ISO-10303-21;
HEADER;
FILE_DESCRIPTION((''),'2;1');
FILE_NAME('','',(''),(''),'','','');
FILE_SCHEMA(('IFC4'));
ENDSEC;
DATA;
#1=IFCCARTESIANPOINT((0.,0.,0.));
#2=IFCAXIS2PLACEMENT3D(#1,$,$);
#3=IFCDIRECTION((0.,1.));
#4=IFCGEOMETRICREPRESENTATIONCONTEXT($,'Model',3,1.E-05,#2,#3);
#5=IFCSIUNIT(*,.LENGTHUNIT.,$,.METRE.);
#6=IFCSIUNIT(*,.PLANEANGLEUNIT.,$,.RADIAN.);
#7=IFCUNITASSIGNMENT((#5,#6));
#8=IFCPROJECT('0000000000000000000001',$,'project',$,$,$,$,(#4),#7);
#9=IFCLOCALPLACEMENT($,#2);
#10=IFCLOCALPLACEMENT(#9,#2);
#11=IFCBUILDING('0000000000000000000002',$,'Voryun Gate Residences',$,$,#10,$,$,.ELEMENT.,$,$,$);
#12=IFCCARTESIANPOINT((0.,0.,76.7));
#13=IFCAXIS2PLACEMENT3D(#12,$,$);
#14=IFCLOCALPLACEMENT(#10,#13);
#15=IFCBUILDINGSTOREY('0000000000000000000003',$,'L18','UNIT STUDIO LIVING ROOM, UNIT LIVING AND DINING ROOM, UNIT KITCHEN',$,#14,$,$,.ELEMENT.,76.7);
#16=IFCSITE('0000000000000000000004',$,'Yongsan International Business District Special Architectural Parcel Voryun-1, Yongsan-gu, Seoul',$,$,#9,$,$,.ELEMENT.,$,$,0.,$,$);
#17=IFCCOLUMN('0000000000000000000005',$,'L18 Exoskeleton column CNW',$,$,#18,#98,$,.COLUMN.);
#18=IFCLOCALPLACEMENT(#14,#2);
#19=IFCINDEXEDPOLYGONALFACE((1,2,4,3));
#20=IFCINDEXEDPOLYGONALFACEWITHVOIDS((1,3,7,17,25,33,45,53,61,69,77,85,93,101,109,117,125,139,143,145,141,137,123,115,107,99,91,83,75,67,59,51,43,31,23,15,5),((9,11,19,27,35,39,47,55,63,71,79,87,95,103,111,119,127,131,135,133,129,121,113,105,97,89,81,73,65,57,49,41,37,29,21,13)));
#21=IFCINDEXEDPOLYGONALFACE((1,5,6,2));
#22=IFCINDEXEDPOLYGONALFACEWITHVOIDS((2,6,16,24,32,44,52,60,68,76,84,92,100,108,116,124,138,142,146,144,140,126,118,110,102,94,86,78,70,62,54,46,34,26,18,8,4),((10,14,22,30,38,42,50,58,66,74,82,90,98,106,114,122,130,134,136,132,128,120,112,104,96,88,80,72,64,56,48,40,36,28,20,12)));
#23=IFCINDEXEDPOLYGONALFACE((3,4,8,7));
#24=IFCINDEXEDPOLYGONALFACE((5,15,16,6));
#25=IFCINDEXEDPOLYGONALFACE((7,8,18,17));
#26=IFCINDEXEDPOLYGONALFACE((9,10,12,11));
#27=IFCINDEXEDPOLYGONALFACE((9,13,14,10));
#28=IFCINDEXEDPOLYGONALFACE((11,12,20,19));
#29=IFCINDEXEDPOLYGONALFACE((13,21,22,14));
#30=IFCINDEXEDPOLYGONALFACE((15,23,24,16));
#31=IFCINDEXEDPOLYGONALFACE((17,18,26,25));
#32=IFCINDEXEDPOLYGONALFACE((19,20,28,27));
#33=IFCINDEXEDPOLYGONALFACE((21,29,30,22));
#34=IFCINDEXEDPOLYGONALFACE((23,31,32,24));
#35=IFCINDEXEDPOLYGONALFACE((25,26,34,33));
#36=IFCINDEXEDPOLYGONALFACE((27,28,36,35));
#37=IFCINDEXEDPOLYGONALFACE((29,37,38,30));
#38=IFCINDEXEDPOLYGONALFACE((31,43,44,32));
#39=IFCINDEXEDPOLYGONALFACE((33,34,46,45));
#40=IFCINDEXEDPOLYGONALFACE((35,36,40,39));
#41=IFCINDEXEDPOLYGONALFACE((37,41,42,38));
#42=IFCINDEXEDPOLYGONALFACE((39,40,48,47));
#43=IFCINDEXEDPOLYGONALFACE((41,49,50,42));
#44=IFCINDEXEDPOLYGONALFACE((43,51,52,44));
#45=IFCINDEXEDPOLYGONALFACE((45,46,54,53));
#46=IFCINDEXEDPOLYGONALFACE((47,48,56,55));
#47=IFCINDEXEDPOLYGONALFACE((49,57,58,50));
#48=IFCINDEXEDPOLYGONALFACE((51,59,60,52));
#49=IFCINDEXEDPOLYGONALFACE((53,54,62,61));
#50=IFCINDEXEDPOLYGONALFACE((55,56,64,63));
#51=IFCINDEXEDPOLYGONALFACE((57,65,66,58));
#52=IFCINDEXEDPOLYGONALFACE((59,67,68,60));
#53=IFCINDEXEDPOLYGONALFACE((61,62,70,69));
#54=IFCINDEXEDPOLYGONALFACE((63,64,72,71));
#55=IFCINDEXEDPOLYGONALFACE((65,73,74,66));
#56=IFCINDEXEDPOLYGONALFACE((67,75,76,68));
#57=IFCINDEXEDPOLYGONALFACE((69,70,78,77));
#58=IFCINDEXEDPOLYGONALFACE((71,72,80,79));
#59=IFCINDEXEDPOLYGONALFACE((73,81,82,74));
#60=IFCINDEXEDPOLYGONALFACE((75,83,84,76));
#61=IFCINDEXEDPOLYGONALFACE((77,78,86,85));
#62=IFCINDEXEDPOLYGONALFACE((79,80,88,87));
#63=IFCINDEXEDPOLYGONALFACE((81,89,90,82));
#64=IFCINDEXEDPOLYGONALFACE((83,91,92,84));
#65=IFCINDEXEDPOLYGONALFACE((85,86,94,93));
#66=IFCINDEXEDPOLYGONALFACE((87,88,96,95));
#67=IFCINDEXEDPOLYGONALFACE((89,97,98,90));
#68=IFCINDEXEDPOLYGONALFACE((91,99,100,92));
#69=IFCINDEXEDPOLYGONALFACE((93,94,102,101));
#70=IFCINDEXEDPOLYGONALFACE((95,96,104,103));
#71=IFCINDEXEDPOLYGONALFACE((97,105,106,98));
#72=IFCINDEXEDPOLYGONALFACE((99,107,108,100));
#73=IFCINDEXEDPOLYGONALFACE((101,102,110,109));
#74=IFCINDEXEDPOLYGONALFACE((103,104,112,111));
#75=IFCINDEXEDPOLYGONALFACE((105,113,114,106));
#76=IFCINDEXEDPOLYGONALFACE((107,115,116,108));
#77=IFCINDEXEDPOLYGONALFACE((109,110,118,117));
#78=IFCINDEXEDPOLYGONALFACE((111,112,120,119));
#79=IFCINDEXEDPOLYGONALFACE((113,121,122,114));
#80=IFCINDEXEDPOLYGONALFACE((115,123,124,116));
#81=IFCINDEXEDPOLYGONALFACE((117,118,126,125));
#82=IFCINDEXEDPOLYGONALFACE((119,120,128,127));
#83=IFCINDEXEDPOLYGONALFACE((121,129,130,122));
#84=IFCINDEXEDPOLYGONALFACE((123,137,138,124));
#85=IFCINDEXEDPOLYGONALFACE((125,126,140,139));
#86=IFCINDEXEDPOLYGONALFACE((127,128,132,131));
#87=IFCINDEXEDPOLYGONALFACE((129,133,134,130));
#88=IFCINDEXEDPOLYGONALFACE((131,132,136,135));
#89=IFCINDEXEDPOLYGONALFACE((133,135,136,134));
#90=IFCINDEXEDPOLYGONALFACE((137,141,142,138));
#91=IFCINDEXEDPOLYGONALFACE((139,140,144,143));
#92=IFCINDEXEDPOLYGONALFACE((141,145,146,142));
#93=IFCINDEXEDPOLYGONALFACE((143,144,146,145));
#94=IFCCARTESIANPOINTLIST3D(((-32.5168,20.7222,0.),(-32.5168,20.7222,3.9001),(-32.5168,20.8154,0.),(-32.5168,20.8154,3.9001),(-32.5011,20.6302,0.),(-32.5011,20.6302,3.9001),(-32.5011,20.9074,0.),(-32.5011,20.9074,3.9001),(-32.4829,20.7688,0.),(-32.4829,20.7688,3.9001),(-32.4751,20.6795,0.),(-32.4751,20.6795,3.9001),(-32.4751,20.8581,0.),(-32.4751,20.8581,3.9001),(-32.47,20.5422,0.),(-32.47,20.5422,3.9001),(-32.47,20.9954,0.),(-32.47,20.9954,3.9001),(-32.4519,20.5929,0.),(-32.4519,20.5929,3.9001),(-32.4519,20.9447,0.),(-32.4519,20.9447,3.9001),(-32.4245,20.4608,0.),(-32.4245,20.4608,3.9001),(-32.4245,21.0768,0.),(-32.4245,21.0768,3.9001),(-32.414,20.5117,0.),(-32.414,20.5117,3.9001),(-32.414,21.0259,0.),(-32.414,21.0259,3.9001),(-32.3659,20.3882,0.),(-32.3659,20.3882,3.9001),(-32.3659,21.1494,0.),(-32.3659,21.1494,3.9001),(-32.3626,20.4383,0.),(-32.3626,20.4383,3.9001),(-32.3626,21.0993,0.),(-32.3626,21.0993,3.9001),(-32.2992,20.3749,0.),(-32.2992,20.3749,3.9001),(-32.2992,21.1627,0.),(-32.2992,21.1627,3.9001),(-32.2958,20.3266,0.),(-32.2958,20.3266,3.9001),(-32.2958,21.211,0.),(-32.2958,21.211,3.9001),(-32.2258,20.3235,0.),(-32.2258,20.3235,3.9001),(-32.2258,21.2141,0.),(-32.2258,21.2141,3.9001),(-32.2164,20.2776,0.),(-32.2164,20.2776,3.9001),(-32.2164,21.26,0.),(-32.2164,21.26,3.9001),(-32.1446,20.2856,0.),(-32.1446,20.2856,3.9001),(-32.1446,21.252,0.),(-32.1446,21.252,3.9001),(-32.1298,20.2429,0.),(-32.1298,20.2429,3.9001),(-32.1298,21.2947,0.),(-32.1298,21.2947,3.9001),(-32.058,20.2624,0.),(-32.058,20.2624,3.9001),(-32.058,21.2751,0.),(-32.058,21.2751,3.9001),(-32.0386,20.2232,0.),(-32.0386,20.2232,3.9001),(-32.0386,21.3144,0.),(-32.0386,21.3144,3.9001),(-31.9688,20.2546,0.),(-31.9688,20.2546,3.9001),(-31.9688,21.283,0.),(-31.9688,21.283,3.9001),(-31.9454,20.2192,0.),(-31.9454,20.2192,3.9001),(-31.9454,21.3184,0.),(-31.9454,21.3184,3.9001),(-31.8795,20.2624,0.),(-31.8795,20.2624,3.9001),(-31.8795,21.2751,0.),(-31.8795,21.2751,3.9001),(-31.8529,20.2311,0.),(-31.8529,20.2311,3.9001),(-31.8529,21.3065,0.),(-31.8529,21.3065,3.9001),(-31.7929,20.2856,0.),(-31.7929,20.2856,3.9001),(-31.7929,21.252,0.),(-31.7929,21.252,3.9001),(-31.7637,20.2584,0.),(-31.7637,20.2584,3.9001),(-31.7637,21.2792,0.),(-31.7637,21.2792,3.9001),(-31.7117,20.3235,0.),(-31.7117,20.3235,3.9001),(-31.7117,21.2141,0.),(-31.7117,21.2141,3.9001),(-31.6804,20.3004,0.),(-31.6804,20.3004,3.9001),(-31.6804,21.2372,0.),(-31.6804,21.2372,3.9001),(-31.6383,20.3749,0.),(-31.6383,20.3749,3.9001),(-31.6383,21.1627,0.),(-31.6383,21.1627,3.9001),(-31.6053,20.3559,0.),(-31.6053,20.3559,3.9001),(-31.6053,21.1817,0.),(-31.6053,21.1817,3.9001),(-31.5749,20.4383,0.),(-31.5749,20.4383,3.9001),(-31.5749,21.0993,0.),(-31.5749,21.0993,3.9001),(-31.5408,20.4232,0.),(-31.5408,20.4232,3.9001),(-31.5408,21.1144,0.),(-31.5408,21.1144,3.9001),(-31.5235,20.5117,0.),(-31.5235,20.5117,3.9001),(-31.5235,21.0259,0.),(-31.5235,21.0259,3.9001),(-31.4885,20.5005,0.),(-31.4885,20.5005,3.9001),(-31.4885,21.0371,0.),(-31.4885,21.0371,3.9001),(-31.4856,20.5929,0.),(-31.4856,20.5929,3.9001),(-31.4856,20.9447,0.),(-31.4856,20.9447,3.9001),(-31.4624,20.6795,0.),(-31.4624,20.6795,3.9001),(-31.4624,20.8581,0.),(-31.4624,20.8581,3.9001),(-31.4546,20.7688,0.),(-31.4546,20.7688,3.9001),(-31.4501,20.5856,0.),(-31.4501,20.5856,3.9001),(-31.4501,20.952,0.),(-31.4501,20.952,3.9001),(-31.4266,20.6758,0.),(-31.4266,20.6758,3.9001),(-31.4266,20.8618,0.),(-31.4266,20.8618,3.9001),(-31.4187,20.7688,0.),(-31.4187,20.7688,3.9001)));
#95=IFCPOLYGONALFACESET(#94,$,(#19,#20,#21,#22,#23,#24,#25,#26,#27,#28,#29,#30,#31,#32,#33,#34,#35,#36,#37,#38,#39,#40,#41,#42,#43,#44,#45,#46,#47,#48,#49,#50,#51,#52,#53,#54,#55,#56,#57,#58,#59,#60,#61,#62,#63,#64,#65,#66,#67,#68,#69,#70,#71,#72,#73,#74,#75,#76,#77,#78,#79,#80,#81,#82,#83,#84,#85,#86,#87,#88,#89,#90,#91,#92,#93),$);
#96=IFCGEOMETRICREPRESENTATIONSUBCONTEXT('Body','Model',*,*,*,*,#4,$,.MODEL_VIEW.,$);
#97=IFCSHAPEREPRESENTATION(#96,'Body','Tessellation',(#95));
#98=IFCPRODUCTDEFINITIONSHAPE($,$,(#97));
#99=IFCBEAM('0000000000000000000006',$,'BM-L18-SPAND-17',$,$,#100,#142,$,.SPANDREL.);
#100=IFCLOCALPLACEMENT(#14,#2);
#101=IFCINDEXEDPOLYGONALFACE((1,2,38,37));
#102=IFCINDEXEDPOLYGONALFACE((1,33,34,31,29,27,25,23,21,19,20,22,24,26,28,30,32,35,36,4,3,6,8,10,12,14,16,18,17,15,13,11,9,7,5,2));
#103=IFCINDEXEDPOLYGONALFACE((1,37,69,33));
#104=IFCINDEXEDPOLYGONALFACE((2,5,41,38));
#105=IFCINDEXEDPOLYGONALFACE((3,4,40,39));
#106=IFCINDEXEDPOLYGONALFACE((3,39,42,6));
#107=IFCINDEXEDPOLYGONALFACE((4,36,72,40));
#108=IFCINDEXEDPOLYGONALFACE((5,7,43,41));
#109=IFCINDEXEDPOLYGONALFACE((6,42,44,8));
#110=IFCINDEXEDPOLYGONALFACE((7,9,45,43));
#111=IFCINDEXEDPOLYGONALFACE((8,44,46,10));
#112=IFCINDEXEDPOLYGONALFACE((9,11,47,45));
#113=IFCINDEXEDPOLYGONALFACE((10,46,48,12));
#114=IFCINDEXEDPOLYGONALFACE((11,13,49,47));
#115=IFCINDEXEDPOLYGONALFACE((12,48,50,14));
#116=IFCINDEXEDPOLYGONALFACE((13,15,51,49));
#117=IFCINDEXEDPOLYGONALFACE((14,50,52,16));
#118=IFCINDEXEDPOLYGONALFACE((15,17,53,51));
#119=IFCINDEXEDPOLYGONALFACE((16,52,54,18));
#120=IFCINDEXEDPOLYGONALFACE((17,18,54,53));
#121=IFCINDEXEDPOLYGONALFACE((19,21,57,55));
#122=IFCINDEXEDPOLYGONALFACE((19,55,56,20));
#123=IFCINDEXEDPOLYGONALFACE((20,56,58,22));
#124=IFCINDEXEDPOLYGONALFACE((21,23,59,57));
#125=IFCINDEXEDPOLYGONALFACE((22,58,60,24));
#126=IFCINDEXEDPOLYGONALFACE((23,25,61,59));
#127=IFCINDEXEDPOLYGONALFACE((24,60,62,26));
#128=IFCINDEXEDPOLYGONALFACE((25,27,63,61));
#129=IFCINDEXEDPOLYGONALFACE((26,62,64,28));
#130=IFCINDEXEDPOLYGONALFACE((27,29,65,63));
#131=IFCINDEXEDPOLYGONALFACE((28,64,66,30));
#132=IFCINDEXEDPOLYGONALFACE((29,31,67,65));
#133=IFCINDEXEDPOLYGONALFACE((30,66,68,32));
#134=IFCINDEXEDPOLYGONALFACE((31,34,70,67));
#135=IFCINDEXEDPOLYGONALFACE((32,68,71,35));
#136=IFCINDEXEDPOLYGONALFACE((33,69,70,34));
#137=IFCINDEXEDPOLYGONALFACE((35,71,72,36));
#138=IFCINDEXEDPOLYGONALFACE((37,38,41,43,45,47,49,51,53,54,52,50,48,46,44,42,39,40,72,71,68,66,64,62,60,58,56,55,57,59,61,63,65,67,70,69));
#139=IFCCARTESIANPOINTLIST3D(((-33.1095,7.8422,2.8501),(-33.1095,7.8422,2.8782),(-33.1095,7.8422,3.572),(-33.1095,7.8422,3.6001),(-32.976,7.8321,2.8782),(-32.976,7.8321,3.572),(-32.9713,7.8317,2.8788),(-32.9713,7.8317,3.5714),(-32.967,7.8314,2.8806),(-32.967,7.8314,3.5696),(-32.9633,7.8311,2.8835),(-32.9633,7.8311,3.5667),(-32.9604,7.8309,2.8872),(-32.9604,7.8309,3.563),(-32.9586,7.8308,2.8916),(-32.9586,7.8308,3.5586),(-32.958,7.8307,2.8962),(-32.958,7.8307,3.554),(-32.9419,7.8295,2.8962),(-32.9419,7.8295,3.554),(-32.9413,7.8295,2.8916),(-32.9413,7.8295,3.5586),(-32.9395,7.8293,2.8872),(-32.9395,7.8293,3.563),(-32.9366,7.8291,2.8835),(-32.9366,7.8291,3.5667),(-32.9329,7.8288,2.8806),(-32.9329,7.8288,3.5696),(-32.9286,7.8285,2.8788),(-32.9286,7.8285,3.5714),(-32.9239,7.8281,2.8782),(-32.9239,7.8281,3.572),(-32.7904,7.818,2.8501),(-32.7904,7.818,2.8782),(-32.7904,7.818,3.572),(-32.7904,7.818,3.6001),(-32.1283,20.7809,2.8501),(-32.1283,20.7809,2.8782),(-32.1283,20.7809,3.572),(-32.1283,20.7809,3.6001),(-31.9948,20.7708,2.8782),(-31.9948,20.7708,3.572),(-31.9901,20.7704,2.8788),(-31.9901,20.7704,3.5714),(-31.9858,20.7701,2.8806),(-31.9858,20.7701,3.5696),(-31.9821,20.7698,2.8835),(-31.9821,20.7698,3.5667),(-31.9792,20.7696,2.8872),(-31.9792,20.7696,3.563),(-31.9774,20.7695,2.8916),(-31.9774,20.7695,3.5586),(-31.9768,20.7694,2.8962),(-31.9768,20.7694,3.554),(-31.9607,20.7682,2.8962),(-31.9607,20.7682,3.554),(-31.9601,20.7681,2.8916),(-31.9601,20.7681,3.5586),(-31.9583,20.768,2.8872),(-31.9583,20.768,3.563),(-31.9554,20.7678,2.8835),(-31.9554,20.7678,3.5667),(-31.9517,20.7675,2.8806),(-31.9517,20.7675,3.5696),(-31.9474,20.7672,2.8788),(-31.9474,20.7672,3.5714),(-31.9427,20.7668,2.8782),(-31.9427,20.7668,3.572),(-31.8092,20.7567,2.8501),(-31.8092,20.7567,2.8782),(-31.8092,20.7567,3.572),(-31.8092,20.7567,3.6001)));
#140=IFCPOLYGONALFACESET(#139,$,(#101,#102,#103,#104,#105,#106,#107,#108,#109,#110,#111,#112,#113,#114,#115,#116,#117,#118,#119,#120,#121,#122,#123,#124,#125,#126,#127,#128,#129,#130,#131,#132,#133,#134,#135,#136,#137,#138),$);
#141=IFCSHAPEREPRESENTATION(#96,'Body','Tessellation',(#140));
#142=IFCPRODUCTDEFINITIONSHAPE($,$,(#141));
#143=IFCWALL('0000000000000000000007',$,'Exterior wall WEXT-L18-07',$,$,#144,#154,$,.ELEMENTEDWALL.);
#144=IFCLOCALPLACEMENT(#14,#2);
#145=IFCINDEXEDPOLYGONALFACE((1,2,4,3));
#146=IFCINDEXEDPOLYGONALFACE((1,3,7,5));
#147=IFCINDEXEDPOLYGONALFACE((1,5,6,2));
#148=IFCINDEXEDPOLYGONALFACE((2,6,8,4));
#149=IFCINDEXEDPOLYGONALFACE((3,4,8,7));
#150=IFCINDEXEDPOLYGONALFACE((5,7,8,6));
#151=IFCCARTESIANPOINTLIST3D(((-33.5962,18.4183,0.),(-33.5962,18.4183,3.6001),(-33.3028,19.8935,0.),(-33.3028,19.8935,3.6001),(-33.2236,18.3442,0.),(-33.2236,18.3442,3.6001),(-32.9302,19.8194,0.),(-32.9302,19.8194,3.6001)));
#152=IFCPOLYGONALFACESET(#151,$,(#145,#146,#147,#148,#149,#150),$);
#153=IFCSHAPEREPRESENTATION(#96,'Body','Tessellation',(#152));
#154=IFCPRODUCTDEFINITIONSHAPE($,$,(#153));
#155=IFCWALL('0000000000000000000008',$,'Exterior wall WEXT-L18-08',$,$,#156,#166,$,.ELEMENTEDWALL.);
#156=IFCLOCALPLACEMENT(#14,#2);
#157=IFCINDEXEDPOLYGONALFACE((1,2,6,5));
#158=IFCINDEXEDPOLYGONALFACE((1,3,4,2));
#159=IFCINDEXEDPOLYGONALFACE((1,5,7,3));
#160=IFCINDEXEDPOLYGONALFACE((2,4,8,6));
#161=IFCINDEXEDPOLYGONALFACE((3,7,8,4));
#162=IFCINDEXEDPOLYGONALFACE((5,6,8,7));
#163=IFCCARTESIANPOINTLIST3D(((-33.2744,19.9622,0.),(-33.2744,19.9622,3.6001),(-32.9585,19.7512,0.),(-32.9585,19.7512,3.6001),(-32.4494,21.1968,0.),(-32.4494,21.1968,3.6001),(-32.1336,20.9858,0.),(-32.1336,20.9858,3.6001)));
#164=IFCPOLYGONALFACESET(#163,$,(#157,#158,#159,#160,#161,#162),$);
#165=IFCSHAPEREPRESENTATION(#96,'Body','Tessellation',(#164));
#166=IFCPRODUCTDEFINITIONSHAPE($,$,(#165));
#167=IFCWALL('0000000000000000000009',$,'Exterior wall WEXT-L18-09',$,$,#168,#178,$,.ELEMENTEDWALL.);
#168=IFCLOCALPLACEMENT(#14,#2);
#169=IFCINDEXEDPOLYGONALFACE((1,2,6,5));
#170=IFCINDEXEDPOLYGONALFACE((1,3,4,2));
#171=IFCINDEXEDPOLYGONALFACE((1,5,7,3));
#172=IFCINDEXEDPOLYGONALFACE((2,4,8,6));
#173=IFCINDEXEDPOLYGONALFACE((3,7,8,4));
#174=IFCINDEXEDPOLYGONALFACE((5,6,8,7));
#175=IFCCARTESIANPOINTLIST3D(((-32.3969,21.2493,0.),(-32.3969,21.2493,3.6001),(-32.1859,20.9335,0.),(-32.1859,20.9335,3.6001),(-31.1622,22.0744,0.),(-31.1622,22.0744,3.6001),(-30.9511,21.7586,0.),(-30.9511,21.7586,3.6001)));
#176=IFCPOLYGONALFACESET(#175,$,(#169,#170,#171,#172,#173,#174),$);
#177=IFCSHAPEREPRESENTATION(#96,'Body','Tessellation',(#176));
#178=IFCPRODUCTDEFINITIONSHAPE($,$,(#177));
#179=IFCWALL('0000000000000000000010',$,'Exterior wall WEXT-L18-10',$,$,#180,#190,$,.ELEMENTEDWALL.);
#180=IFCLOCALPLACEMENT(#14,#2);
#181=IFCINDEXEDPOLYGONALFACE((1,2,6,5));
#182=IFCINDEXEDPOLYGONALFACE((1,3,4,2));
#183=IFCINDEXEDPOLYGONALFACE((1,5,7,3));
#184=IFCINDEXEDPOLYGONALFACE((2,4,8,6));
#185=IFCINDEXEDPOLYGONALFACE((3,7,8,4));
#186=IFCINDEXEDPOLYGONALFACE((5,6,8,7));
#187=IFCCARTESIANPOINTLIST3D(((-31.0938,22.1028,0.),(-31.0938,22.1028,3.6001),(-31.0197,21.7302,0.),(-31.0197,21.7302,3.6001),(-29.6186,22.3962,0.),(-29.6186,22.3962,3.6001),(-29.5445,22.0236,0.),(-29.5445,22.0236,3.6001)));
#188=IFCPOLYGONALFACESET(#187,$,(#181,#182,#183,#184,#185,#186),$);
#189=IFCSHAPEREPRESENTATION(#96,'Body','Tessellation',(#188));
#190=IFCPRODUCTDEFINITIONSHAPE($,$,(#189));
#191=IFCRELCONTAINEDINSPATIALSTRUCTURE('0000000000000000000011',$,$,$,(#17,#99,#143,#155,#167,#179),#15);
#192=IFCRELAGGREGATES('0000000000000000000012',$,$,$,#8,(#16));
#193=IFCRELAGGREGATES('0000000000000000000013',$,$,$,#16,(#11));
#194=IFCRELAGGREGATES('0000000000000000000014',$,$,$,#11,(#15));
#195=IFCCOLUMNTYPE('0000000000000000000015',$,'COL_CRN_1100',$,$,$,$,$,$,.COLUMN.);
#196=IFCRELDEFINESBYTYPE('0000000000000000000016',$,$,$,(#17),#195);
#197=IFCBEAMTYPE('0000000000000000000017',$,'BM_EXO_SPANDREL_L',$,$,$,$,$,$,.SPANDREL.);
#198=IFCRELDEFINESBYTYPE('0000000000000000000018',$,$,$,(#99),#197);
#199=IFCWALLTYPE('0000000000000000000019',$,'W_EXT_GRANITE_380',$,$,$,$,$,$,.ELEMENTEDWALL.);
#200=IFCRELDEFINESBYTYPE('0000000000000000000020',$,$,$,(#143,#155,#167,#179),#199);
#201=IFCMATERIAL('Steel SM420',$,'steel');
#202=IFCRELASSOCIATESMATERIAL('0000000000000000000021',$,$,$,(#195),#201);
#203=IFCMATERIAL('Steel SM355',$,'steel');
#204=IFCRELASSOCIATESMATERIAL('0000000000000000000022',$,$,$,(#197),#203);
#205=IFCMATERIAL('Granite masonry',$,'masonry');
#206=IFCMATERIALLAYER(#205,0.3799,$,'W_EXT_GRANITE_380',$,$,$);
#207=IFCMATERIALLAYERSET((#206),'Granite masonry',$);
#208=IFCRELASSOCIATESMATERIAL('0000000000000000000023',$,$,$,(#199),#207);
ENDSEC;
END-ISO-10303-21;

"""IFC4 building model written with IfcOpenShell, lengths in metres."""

from ifc_helpers import new_model, si_unit, direction, frame, frame_2d, origin, origin_2d, place, context, subcontext, project, spatial, rectangle, hollow_circle, i_section, extrude, material, layer, layer_set, material_profile, profile_set, type_object, element, save


model = new_model("IFC4")

# Units and contexts
model_context = context("Model", 3, precision=1e-05, world=origin(), true_north=direction((0.0, 1.0)))
body_context = subcontext(model_context, "Body", "Model", "MODEL_VIEW")
ifc_project = project(units=[si_unit("LENGTHUNIT", "METRE"), si_unit("PLANEANGLEUNIT", "RADIAN")], contexts=[model_context])

# Site, building, storey
site_placement = place(None, origin())
site = spatial("IfcSite", under=ifc_project, at=site_placement, Name="Yongsan International Business District Special Architectural Parcel Voryun-1, Yongsan-gu, Seoul", CompositionType="ELEMENT", RefElevation=0.0)
building_placement = place(site_placement, origin())
building = spatial("IfcBuilding", under=site, at=building_placement, Name="Voryun Gate Residences", CompositionType="ELEMENT")
storey_placement = place(building_placement, frame((0.0, 0.0, 76.7)))
storey = spatial("IfcBuildingStorey", under=building, at=storey_placement, Name="L18", Description="UNIT STUDIO LIVING ROOM, UNIT LIVING AND DINING ROOM, UNIT KITCHEN", CompositionType="ELEMENT", Elevation=76.7)

# Column
ifc_material_1 = material(Name="Steel SM420", Category="steel")
ifc_material_profile_1 = material_profile(ifc_material_1, hollow_circle(Radius=0.55, WallThickness=0.0359, at=origin_2d()), Name="CHS-1100x36")
ifc_profile_set_1 = profile_set([ifc_material_profile_1], Name="Steel SM420")
column_type = type_object("IfcColumnType", Name="COL_CRN_1100", PredefinedType="COLUMN", material=ifc_profile_set_1)
column_placement = place(storey_placement, frame((-31.9688, 20.7688, 0.0), z_axis=(0.0, 0.0, 1.0), x_axis=(1.0, 0.0, 0.0)))
element("IfcColumn", 1, at=column_placement, inside=storey, type_object=column_type, Name="L18 Exoskeleton column CNW", PredefinedType="COLUMN", context=body_context, shape_type="SweptSolid", body=[
    extrude(hollow_circle(Radius=0.55, WallThickness=0.0359, at=origin_2d()), origin(), (0.0, 0.0, 1.0), 3.9001),
])

# Beam
ifc_material_2 = material(Name="Steel SM355", Category="steel")
ifc_material_profile_2 = material_profile(ifc_material_2, i_section(OverallWidth=0.3201, OverallDepth=0.75, WebThickness=0.0161, FlangeThickness=0.0281, FilletRadius=0.0181, at=origin_2d()), Name="H-750x320x16x28")
ifc_profile_set_2 = profile_set([ifc_material_profile_2], Name="Steel SM355")
beam_type = type_object("IfcBeamType", Name="BM_EXO_SPANDREL_L", PredefinedType="SPANDREL", material=ifc_profile_set_2)
beam_placement = place(storey_placement, frame((-31.9688, 20.7688, 3.2251), z_axis=(-0.075617, -0.997137, 0.0), x_axis=(0.997137, -0.075617, 0.0)))
element("IfcBeam", 2, at=beam_placement, inside=storey, type_object=beam_type, Name="BM-L18-SPAND-17", PredefinedType="SPANDREL", context=body_context, shape_type="SweptSolid", body=[
    extrude(i_section(OverallWidth=0.3201, OverallDepth=0.75, WebThickness=0.0161, FlangeThickness=0.0281, FilletRadius=0.0181, at=origin_2d()), origin(), (0.0, 0.0, 1.0), 12.9758),
])

# Walls
ifc_material_3 = material(Name="Granite masonry", Category="masonry")
ifc_layer_1 = layer(ifc_material_3, 0.3799, Name="W_EXT_GRANITE_380")
ifc_layer_set_1 = layer_set([ifc_layer_1], Name="Granite masonry")
wall_type_1 = type_object("IfcWallType", Name="W_EXT_GRANITE_380", PredefinedType="ELEMENTEDWALL", material=ifc_layer_set_1)
wall_1_placement = place(storey_placement, frame((-33.4099, 18.3813, 0.0), z_axis=(0.0, 0.0, 1.0), x_axis=(0.195086, 0.980786, 0.0)))
element("IfcWall", 3, at=wall_1_placement, inside=storey, type_object=wall_type_1, Name="Exterior wall WEXT-L18-07", PredefinedType="ELEMENTEDWALL", context=body_context, shape_type="SweptSolid", body=[
    extrude(rectangle(XDim=1.5042, YDim=0.3799, at=frame_2d((0.752, 0.0))), origin(), (0.0, 0.0, 1.0), 3.6001),
])
wall_2_placement = place(storey_placement, frame((-33.1165, 19.8567, 0.0), z_axis=(0.0, 0.0, 1.0), x_axis=(0.555573, 0.831468, 0.0)))
element("IfcWall", 4, at=wall_2_placement, inside=storey, type_object=wall_type_1, Name="Exterior wall WEXT-L18-08", PredefinedType="ELEMENTEDWALL", context=body_context, shape_type="SweptSolid", body=[
    extrude(rectangle(XDim=1.4849, YDim=0.3799, at=frame_2d((0.7424, 0.0))), origin(), (0.0, 0.0, 1.0), 3.6001),
])
wall_3_placement = place(storey_placement, frame((-32.2915, 21.0913, 0.0), z_axis=(0.0, 0.0, 1.0), x_axis=(0.831443, 0.55561, 0.0)))
element("IfcWall", 5, at=wall_3_placement, inside=storey, type_object=wall_type_1, Name="Exterior wall WEXT-L18-09", PredefinedType="ELEMENTEDWALL", context=body_context, shape_type="SweptSolid", body=[
    extrude(rectangle(XDim=1.4851, YDim=0.3799, at=frame_2d((0.7427, 0.0))), origin(), (0.0, 0.0, 1.0), 3.6001),
])
wall_4_placement = place(storey_placement, frame((-31.0566, 21.9165, 0.0), z_axis=(0.0, 0.0, 1.0), x_axis=(0.980786, 0.195086, 0.0)))
element("IfcWall", 6, at=wall_4_placement, inside=storey, type_object=wall_type_1, Name="Exterior wall WEXT-L18-10", PredefinedType="ELEMENTEDWALL", context=body_context, shape_type="SweptSolid", body=[
    extrude(rectangle(XDim=1.5042, YDim=0.3799, at=frame_2d((0.752, 0.0))), origin(), (0.0, 0.0, 1.0), 3.6001),
])

save(model, "model.ifc")
